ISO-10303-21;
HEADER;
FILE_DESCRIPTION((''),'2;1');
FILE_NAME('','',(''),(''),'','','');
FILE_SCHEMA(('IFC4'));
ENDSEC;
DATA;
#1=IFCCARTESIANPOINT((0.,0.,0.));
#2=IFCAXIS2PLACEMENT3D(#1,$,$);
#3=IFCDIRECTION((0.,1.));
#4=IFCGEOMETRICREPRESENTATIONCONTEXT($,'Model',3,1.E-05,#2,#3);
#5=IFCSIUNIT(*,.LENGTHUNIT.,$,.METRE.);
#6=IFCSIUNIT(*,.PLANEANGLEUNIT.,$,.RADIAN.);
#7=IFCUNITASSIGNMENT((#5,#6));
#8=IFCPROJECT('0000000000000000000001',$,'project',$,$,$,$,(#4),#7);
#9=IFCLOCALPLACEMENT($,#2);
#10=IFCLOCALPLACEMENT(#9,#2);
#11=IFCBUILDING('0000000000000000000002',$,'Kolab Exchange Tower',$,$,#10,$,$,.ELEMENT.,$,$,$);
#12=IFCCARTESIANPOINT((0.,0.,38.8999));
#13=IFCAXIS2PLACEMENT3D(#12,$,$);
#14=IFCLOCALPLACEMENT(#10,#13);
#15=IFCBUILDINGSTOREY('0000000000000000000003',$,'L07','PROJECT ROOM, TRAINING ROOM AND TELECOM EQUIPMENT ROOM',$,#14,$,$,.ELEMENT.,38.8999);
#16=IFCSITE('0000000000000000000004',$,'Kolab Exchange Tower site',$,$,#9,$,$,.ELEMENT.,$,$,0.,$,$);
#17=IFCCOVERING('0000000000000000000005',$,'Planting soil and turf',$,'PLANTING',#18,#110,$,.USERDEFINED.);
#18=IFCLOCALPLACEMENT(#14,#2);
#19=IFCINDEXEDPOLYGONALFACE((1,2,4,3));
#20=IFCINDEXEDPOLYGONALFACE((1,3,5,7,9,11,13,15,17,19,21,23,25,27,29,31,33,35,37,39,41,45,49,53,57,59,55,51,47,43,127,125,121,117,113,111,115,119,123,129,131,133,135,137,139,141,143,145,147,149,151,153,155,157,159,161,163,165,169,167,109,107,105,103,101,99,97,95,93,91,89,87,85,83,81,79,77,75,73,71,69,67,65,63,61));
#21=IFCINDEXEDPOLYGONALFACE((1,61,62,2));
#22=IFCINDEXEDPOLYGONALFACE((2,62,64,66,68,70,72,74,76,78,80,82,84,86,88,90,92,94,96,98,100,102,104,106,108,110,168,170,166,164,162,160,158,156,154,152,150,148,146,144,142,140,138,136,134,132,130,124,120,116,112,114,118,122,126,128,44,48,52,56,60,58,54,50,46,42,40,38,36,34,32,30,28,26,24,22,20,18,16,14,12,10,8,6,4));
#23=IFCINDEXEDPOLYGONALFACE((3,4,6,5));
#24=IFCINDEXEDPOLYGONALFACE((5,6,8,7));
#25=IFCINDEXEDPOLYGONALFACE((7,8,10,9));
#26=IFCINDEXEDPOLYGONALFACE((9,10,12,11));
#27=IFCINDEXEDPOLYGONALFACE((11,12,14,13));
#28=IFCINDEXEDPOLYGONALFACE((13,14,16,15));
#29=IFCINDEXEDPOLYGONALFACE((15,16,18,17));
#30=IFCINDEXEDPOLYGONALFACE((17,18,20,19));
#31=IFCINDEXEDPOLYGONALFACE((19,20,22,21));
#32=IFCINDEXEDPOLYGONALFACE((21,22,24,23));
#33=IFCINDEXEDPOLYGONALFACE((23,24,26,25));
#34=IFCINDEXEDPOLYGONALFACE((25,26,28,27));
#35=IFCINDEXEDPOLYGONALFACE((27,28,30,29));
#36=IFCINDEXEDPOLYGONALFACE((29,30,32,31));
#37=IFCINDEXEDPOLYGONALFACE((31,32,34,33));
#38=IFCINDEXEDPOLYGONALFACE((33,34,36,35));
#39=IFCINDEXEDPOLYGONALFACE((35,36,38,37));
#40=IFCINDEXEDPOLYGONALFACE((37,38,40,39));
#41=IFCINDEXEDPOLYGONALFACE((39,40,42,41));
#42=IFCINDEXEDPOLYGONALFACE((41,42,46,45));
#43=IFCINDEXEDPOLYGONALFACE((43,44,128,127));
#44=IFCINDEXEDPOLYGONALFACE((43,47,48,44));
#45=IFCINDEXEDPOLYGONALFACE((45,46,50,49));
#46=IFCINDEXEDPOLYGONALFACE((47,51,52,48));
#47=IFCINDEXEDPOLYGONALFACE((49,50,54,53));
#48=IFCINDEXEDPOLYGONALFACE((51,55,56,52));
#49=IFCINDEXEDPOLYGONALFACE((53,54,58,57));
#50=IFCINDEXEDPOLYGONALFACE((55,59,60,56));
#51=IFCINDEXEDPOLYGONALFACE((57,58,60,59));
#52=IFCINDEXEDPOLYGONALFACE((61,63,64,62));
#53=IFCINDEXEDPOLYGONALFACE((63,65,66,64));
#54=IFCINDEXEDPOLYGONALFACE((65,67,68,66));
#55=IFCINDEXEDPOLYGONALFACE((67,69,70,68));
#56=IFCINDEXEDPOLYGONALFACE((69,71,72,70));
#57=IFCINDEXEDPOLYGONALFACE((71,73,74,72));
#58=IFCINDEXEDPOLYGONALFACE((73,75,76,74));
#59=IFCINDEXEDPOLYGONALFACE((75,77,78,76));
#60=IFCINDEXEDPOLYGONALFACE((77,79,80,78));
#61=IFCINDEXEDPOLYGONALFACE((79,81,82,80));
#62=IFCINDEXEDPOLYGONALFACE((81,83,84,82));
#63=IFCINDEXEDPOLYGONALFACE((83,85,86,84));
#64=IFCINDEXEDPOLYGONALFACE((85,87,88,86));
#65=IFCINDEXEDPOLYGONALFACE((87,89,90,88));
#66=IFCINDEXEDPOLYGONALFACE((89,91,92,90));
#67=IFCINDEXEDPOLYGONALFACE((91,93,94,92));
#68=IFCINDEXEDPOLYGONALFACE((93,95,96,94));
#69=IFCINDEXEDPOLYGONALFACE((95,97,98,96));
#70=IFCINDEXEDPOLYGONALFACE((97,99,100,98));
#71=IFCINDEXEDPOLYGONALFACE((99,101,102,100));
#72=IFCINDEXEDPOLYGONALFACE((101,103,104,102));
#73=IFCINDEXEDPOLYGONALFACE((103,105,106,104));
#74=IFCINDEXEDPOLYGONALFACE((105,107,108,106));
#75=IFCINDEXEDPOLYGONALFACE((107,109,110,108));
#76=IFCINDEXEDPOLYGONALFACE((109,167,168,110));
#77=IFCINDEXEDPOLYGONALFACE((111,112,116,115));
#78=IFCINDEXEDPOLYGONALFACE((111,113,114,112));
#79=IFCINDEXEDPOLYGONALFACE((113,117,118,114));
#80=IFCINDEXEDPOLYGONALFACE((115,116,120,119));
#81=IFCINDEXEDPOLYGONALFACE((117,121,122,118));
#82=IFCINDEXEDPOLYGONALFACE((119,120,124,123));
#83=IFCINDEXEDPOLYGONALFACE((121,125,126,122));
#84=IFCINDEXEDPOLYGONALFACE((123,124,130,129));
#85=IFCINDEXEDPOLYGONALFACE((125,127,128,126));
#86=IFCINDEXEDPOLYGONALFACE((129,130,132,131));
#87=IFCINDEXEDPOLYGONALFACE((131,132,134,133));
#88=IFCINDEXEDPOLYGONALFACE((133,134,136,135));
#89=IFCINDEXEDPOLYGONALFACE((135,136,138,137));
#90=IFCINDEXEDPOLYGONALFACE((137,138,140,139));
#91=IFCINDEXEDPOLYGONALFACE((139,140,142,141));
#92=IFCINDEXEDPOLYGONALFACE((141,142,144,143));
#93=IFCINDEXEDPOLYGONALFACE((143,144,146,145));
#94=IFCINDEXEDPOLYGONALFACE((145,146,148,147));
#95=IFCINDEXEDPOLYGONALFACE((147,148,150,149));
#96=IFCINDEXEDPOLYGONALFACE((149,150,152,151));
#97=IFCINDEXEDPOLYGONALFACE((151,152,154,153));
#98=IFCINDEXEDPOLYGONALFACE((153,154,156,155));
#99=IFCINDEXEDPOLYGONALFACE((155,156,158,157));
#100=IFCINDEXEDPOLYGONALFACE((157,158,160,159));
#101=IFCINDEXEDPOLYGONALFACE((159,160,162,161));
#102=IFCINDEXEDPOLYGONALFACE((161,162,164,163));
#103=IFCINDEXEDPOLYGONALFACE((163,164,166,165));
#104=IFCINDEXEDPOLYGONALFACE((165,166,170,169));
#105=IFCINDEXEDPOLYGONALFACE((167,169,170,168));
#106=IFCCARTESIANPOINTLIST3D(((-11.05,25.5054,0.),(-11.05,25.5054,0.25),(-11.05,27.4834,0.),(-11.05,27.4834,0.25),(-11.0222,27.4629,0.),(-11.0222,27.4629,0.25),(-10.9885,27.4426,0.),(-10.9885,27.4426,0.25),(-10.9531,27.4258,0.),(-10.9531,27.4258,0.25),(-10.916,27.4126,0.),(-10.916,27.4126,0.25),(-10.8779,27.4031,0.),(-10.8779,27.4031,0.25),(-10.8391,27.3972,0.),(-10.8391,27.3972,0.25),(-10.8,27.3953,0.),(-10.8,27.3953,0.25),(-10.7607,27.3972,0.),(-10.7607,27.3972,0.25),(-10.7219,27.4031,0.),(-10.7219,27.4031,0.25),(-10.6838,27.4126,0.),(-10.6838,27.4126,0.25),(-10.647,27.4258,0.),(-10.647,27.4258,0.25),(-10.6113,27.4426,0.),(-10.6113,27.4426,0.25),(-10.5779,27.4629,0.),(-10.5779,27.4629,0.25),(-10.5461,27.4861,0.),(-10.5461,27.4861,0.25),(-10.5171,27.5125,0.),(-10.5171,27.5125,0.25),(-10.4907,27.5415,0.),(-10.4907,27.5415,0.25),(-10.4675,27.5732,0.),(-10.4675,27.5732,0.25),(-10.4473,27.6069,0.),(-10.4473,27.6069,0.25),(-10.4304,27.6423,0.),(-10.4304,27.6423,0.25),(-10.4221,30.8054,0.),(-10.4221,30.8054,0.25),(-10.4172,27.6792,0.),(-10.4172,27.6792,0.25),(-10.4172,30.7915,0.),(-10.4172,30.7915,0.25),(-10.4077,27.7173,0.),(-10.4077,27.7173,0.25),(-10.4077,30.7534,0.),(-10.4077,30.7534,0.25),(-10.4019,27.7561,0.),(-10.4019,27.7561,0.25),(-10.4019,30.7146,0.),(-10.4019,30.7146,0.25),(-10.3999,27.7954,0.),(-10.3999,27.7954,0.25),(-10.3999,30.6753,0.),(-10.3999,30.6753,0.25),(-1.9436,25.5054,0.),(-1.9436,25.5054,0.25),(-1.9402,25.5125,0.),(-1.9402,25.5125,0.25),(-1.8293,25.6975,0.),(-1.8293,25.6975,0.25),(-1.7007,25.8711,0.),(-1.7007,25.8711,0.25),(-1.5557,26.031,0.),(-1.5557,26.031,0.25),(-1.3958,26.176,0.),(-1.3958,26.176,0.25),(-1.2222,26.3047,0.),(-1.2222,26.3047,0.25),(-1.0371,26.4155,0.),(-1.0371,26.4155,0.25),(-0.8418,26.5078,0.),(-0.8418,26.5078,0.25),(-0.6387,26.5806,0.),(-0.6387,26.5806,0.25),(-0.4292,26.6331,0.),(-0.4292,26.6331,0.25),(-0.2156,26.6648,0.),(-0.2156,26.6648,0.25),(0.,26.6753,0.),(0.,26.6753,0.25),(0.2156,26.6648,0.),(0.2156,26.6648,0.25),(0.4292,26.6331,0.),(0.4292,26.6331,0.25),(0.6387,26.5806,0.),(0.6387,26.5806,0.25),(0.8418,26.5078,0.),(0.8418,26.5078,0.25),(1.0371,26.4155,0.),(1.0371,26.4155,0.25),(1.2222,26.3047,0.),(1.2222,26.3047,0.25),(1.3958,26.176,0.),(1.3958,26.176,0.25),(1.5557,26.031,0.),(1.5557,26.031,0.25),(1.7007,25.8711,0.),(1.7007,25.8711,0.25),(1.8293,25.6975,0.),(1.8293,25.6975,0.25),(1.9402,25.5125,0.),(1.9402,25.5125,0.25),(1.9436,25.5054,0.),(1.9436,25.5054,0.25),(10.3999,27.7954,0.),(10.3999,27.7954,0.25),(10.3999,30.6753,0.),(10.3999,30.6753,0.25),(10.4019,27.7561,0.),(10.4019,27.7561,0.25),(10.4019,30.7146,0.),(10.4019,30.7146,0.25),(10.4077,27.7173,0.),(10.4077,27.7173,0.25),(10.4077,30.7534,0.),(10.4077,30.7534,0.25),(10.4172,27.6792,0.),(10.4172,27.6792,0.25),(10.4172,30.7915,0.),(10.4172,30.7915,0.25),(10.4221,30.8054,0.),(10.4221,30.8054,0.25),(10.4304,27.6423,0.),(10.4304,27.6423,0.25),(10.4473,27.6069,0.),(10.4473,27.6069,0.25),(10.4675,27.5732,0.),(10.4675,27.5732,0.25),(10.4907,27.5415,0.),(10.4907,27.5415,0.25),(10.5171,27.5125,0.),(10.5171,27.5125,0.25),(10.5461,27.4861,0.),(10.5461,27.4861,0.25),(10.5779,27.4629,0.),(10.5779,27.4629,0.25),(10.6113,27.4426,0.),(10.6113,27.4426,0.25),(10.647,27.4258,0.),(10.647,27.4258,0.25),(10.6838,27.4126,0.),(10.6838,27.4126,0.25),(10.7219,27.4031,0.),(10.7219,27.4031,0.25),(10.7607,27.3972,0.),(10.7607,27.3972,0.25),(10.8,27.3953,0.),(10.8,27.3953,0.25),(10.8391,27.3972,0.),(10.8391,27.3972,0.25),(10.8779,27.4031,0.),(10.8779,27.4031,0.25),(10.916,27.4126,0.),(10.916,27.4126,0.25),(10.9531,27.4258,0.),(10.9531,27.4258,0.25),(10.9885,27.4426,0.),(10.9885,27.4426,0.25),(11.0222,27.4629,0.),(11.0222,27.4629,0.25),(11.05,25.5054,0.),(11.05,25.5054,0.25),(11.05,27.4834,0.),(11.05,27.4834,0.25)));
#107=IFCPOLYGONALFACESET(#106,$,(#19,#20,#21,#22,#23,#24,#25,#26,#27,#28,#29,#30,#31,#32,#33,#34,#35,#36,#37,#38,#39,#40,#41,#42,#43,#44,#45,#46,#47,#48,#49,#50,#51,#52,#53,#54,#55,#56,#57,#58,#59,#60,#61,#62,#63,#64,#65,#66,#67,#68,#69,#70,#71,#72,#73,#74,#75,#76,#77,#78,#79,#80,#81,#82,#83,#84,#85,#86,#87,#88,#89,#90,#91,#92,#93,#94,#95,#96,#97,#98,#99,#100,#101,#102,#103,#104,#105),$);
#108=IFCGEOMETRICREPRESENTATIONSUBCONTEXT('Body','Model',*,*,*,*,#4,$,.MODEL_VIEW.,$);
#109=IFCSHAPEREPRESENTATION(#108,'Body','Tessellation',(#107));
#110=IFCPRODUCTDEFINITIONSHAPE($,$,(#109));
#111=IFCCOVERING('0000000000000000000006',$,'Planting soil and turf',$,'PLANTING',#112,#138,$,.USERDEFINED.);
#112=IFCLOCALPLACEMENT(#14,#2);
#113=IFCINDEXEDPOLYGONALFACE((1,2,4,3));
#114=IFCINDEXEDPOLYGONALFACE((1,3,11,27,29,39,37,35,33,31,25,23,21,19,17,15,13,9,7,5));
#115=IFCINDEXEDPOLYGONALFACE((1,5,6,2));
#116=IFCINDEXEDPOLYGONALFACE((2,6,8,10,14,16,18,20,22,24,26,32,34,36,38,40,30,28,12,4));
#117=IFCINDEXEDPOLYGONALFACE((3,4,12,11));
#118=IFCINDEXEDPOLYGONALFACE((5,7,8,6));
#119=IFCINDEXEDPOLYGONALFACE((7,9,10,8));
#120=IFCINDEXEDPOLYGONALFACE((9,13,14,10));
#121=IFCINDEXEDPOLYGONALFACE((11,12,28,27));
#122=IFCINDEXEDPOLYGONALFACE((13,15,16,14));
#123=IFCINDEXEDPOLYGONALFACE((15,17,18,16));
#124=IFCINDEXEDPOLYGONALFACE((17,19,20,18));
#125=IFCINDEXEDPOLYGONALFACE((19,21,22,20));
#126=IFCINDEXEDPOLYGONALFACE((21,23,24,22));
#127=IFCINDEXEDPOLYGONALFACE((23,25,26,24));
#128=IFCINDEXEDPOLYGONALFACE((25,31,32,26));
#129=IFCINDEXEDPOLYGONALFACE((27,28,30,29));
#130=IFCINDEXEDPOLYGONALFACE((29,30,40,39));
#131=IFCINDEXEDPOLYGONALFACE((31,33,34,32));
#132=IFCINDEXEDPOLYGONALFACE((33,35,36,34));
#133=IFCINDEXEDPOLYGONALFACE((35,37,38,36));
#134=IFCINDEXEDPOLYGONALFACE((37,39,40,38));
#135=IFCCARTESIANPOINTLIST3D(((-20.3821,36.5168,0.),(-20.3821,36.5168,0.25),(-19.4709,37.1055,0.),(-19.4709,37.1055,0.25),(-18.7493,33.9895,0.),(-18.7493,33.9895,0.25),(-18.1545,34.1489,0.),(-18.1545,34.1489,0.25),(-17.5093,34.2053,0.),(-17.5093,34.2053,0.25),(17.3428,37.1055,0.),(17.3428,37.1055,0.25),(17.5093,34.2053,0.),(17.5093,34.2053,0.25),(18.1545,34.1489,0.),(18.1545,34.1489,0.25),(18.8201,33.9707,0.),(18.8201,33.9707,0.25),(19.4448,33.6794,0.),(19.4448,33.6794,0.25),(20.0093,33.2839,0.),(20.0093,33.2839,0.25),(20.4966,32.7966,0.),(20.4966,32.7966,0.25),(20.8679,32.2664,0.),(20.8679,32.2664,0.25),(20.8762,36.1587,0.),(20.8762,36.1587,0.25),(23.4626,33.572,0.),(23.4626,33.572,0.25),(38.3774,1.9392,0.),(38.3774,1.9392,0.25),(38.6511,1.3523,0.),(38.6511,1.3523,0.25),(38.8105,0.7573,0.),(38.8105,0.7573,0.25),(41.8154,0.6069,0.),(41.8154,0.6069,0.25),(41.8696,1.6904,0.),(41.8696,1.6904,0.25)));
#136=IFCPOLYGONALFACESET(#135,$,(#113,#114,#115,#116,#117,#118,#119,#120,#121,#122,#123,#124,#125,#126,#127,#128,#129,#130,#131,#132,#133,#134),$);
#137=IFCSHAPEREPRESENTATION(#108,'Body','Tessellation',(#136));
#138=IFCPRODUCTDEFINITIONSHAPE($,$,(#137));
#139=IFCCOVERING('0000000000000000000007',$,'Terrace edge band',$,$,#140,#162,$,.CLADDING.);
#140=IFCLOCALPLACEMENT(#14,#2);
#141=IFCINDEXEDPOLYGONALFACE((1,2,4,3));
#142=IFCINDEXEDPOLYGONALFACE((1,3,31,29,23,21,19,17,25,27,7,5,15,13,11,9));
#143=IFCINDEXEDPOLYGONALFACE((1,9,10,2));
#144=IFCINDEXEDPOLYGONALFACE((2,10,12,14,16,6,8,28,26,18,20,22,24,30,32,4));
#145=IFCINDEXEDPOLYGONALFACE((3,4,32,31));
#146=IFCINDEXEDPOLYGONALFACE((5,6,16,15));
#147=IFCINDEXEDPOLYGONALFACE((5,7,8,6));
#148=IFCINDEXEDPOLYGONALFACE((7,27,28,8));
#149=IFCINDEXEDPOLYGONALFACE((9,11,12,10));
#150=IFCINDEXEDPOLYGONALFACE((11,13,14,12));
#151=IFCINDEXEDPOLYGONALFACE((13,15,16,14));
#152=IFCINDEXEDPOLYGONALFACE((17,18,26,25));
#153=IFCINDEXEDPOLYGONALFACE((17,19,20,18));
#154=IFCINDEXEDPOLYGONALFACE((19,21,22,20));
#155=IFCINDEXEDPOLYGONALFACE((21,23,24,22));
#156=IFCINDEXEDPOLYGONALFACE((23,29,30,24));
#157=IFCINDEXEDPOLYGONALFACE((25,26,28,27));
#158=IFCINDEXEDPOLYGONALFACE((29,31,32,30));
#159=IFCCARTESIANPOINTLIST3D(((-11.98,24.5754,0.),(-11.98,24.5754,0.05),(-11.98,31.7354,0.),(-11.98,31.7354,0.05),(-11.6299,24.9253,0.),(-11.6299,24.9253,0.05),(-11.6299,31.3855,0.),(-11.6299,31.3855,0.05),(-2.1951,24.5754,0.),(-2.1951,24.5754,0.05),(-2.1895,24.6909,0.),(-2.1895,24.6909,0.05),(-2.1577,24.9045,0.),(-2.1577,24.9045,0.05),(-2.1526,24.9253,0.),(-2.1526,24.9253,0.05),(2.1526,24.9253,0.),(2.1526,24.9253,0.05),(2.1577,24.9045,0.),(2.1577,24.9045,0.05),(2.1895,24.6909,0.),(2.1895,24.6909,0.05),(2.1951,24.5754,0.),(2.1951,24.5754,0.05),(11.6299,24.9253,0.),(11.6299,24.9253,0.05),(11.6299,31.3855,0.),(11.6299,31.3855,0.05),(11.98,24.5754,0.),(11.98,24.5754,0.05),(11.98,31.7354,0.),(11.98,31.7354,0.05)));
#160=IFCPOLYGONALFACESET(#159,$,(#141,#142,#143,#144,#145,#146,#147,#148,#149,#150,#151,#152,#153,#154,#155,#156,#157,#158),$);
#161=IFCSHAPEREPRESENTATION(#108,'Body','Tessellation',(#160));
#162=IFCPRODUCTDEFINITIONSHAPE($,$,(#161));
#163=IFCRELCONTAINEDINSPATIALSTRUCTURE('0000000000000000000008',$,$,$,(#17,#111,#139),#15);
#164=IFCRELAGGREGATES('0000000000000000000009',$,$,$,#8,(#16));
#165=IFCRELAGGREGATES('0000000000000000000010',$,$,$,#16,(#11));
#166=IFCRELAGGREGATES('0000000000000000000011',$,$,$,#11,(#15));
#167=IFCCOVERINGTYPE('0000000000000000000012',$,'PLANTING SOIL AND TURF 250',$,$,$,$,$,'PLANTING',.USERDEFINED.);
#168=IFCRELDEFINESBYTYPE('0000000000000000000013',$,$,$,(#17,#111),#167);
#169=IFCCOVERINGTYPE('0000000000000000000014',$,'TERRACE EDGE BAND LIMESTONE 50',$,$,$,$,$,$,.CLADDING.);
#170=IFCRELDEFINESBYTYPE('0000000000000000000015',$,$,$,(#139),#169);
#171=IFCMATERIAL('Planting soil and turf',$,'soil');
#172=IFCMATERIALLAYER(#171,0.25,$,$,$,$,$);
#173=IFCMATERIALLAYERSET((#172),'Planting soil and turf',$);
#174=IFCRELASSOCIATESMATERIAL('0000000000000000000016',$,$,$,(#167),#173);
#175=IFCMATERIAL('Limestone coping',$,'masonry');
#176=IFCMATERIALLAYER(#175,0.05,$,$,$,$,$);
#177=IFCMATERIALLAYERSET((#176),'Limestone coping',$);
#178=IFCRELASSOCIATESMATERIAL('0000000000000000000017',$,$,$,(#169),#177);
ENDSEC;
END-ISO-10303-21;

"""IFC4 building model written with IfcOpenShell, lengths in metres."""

from ifc_helpers import new_model, si_unit, direction, frame, origin, place, context, subcontext, project, spatial, polyline, outline, extrude, material, layer, layer_set, type_object, element, save


model = new_model("IFC4")

# Units and contexts
model_context = context("Model", 3, precision=1e-05, world=origin(), true_north=direction((0.0, 1.0)))
body_context = subcontext(model_context, "Body", "Model", "MODEL_VIEW")
ifc_project = project(units=[si_unit("LENGTHUNIT", "METRE"), si_unit("PLANEANGLEUNIT", "RADIAN")], contexts=[model_context])

# Site, building, storey
site_placement = place(None, origin())
site = spatial("IfcSite", under=ifc_project, at=site_placement, Name="Kolab Exchange Tower site", CompositionType="ELEMENT", RefElevation=0.0)
building_placement = place(site_placement, origin())
building = spatial("IfcBuilding", under=site, at=building_placement, Name="Kolab Exchange Tower", CompositionType="ELEMENT")
storey_placement = place(building_placement, frame((0.0, 0.0, 38.8999)))
storey = spatial("IfcBuildingStorey", under=building, at=storey_placement, Name="L07", Description="PROJECT ROOM, TRAINING ROOM AND TELECOM EQUIPMENT ROOM", CompositionType="ELEMENT", Elevation=38.8999)

# Coverings
ifc_material_1 = material(Name="Planting soil and turf", Category="soil")
ifc_layer_1 = layer(ifc_material_1, 0.25)
ifc_layer_set_1 = layer_set([ifc_layer_1], Name="Planting soil and turf")
covering_type_1 = type_object("IfcCoveringType", Name="PLANTING SOIL AND TURF 250", ElementType="PLANTING", PredefinedType="USERDEFINED", material=ifc_layer_set_1)
covering_1_placement = place(storey_placement, origin())
element("IfcCovering", 1, at=covering_1_placement, inside=storey, type_object=covering_type_1, Name="Planting soil and turf", ObjectType="PLANTING", PredefinedType="USERDEFINED", context=body_context, shape_type="SweptSolid", body=[
    extrude(outline(polyline([(-11.05, 27.4834), (-11.0222, 27.4629), (-10.9885, 27.4426), (-10.9531, 27.4258), (-10.916, 27.4126), (-10.8779, 27.4031), (-10.8391, 27.3972), (-10.8, 27.3953), (-10.7607, 27.3972), (-10.7219, 27.4031), (-10.6838, 27.4126), (-10.647, 27.4258), (-10.6113, 27.4426), (-10.5779, 27.4629), (-10.5461, 27.4861), (-10.5171, 27.5125), (-10.4907, 27.5415), (-10.4675, 27.5732), (-10.4473, 27.6069), (-10.4304, 27.6423), (-10.4172, 27.6792), (-10.4077, 27.7173), (-10.4019, 27.7561), (-10.3999, 27.7954), (-10.3999, 30.6753), (-10.4019, 30.7146), (-10.4077, 30.7534), (-10.4172, 30.7915), (-10.4221, 30.8054), (10.4221, 30.8054), (10.4172, 30.7915), (10.4077, 30.7534), (10.4019, 30.7146), (10.3999, 30.6753), (10.3999, 27.7954), (10.4019, 27.7561), (10.4077, 27.7173), (10.4172, 27.6792), (10.4304, 27.6423), (10.4473, 27.6069), (10.4675, 27.5732), (10.4907, 27.5415), (10.5171, 27.5125), (10.5461, 27.4861), (10.5779, 27.4629), (10.6113, 27.4426), (10.647, 27.4258), (10.6838, 27.4126), (10.7219, 27.4031), (10.7607, 27.3972), (10.8, 27.3953), (10.8391, 27.3972), (10.8779, 27.4031), (10.916, 27.4126), (10.9531, 27.4258), (10.9885, 27.4426), (11.0222, 27.4629), (11.05, 27.4834), (11.05, 25.5054), (1.9436, 25.5054), (1.9402, 25.5125), (1.8293, 25.6975), (1.7007, 25.8711), (1.5557, 26.031), (1.3958, 26.176), (1.2222, 26.3047), (1.0371, 26.4155), (0.8418, 26.5078), (0.6387, 26.5806), (0.4292, 26.6331), (0.2156, 26.6648), (0.0, 26.6753), (-0.2156, 26.6648), (-0.4292, 26.6331), (-0.6387, 26.5806), (-0.8418, 26.5078), (-1.0371, 26.4155), (-1.2222, 26.3047), (-1.3958, 26.176), (-1.5557, 26.031), (-1.7007, 25.8711), (-1.8293, 25.6975), (-1.9402, 25.5125), (-1.9436, 25.5054), (-11.05, 25.5054), (-11.05, 27.4834)])), origin(), (0.0, 0.0, 1.0), 0.25),
])
covering_2_placement = place(storey_placement, origin())
element("IfcCovering", 2, at=covering_2_placement, inside=storey, type_object=covering_type_1, Name="Planting soil and turf", ObjectType="PLANTING", PredefinedType="USERDEFINED", context=body_context, shape_type="SweptSolid", body=[
    extrude(outline(polyline([(-20.3821, 36.5168), (-19.4709, 37.1055), (17.3428, 37.1055), (20.8762, 36.1587), (23.4626, 33.572), (41.8696, 1.6904), (41.8154, 0.6069), (38.8105, 0.7573), (38.6511, 1.3523), (38.3774, 1.9392), (20.8679, 32.2664), (20.4966, 32.7966), (20.0093, 33.2839), (19.4448, 33.6794), (18.8201, 33.9707), (18.1545, 34.1489), (17.5093, 34.2053), (-17.5093, 34.2053), (-18.1545, 34.1489), (-18.7493, 33.9895), (-20.3821, 36.5168)])), origin(), (0.0, 0.0, 1.0), 0.25),
])
ifc_material_2 = material(Name="Limestone coping", Category="masonry")
ifc_layer_2 = layer(ifc_material_2, 0.05)
ifc_layer_set_2 = layer_set([ifc_layer_2], Name="Limestone coping")
covering_type_2 = type_object("IfcCoveringType", Name="TERRACE EDGE BAND LIMESTONE 50", PredefinedType="CLADDING", material=ifc_layer_set_2)
covering_3_placement = place(storey_placement, origin())
element("IfcCovering", 3, at=covering_3_placement, inside=storey, type_object=covering_type_2, Name="Terrace edge band", PredefinedType="CLADDING", context=body_context, shape_type="SweptSolid", body=[
    extrude(outline(polyline([(11.98, 31.7354), (11.98, 24.5754), (2.1951, 24.5754), (2.1895, 24.6909), (2.1577, 24.9045), (2.1526, 24.9253), (11.6299, 24.9253), (11.6299, 31.3855), (-11.6299, 31.3855), (-11.6299, 24.9253), (-2.1526, 24.9253), (-2.1577, 24.9045), (-2.1895, 24.6909), (-2.1951, 24.5754), (-11.98, 24.5754), (-11.98, 31.7354), (11.98, 31.7354)])), origin(), (0.0, 0.0, 1.0), 0.05),
])

save(model, "model.ifc")
